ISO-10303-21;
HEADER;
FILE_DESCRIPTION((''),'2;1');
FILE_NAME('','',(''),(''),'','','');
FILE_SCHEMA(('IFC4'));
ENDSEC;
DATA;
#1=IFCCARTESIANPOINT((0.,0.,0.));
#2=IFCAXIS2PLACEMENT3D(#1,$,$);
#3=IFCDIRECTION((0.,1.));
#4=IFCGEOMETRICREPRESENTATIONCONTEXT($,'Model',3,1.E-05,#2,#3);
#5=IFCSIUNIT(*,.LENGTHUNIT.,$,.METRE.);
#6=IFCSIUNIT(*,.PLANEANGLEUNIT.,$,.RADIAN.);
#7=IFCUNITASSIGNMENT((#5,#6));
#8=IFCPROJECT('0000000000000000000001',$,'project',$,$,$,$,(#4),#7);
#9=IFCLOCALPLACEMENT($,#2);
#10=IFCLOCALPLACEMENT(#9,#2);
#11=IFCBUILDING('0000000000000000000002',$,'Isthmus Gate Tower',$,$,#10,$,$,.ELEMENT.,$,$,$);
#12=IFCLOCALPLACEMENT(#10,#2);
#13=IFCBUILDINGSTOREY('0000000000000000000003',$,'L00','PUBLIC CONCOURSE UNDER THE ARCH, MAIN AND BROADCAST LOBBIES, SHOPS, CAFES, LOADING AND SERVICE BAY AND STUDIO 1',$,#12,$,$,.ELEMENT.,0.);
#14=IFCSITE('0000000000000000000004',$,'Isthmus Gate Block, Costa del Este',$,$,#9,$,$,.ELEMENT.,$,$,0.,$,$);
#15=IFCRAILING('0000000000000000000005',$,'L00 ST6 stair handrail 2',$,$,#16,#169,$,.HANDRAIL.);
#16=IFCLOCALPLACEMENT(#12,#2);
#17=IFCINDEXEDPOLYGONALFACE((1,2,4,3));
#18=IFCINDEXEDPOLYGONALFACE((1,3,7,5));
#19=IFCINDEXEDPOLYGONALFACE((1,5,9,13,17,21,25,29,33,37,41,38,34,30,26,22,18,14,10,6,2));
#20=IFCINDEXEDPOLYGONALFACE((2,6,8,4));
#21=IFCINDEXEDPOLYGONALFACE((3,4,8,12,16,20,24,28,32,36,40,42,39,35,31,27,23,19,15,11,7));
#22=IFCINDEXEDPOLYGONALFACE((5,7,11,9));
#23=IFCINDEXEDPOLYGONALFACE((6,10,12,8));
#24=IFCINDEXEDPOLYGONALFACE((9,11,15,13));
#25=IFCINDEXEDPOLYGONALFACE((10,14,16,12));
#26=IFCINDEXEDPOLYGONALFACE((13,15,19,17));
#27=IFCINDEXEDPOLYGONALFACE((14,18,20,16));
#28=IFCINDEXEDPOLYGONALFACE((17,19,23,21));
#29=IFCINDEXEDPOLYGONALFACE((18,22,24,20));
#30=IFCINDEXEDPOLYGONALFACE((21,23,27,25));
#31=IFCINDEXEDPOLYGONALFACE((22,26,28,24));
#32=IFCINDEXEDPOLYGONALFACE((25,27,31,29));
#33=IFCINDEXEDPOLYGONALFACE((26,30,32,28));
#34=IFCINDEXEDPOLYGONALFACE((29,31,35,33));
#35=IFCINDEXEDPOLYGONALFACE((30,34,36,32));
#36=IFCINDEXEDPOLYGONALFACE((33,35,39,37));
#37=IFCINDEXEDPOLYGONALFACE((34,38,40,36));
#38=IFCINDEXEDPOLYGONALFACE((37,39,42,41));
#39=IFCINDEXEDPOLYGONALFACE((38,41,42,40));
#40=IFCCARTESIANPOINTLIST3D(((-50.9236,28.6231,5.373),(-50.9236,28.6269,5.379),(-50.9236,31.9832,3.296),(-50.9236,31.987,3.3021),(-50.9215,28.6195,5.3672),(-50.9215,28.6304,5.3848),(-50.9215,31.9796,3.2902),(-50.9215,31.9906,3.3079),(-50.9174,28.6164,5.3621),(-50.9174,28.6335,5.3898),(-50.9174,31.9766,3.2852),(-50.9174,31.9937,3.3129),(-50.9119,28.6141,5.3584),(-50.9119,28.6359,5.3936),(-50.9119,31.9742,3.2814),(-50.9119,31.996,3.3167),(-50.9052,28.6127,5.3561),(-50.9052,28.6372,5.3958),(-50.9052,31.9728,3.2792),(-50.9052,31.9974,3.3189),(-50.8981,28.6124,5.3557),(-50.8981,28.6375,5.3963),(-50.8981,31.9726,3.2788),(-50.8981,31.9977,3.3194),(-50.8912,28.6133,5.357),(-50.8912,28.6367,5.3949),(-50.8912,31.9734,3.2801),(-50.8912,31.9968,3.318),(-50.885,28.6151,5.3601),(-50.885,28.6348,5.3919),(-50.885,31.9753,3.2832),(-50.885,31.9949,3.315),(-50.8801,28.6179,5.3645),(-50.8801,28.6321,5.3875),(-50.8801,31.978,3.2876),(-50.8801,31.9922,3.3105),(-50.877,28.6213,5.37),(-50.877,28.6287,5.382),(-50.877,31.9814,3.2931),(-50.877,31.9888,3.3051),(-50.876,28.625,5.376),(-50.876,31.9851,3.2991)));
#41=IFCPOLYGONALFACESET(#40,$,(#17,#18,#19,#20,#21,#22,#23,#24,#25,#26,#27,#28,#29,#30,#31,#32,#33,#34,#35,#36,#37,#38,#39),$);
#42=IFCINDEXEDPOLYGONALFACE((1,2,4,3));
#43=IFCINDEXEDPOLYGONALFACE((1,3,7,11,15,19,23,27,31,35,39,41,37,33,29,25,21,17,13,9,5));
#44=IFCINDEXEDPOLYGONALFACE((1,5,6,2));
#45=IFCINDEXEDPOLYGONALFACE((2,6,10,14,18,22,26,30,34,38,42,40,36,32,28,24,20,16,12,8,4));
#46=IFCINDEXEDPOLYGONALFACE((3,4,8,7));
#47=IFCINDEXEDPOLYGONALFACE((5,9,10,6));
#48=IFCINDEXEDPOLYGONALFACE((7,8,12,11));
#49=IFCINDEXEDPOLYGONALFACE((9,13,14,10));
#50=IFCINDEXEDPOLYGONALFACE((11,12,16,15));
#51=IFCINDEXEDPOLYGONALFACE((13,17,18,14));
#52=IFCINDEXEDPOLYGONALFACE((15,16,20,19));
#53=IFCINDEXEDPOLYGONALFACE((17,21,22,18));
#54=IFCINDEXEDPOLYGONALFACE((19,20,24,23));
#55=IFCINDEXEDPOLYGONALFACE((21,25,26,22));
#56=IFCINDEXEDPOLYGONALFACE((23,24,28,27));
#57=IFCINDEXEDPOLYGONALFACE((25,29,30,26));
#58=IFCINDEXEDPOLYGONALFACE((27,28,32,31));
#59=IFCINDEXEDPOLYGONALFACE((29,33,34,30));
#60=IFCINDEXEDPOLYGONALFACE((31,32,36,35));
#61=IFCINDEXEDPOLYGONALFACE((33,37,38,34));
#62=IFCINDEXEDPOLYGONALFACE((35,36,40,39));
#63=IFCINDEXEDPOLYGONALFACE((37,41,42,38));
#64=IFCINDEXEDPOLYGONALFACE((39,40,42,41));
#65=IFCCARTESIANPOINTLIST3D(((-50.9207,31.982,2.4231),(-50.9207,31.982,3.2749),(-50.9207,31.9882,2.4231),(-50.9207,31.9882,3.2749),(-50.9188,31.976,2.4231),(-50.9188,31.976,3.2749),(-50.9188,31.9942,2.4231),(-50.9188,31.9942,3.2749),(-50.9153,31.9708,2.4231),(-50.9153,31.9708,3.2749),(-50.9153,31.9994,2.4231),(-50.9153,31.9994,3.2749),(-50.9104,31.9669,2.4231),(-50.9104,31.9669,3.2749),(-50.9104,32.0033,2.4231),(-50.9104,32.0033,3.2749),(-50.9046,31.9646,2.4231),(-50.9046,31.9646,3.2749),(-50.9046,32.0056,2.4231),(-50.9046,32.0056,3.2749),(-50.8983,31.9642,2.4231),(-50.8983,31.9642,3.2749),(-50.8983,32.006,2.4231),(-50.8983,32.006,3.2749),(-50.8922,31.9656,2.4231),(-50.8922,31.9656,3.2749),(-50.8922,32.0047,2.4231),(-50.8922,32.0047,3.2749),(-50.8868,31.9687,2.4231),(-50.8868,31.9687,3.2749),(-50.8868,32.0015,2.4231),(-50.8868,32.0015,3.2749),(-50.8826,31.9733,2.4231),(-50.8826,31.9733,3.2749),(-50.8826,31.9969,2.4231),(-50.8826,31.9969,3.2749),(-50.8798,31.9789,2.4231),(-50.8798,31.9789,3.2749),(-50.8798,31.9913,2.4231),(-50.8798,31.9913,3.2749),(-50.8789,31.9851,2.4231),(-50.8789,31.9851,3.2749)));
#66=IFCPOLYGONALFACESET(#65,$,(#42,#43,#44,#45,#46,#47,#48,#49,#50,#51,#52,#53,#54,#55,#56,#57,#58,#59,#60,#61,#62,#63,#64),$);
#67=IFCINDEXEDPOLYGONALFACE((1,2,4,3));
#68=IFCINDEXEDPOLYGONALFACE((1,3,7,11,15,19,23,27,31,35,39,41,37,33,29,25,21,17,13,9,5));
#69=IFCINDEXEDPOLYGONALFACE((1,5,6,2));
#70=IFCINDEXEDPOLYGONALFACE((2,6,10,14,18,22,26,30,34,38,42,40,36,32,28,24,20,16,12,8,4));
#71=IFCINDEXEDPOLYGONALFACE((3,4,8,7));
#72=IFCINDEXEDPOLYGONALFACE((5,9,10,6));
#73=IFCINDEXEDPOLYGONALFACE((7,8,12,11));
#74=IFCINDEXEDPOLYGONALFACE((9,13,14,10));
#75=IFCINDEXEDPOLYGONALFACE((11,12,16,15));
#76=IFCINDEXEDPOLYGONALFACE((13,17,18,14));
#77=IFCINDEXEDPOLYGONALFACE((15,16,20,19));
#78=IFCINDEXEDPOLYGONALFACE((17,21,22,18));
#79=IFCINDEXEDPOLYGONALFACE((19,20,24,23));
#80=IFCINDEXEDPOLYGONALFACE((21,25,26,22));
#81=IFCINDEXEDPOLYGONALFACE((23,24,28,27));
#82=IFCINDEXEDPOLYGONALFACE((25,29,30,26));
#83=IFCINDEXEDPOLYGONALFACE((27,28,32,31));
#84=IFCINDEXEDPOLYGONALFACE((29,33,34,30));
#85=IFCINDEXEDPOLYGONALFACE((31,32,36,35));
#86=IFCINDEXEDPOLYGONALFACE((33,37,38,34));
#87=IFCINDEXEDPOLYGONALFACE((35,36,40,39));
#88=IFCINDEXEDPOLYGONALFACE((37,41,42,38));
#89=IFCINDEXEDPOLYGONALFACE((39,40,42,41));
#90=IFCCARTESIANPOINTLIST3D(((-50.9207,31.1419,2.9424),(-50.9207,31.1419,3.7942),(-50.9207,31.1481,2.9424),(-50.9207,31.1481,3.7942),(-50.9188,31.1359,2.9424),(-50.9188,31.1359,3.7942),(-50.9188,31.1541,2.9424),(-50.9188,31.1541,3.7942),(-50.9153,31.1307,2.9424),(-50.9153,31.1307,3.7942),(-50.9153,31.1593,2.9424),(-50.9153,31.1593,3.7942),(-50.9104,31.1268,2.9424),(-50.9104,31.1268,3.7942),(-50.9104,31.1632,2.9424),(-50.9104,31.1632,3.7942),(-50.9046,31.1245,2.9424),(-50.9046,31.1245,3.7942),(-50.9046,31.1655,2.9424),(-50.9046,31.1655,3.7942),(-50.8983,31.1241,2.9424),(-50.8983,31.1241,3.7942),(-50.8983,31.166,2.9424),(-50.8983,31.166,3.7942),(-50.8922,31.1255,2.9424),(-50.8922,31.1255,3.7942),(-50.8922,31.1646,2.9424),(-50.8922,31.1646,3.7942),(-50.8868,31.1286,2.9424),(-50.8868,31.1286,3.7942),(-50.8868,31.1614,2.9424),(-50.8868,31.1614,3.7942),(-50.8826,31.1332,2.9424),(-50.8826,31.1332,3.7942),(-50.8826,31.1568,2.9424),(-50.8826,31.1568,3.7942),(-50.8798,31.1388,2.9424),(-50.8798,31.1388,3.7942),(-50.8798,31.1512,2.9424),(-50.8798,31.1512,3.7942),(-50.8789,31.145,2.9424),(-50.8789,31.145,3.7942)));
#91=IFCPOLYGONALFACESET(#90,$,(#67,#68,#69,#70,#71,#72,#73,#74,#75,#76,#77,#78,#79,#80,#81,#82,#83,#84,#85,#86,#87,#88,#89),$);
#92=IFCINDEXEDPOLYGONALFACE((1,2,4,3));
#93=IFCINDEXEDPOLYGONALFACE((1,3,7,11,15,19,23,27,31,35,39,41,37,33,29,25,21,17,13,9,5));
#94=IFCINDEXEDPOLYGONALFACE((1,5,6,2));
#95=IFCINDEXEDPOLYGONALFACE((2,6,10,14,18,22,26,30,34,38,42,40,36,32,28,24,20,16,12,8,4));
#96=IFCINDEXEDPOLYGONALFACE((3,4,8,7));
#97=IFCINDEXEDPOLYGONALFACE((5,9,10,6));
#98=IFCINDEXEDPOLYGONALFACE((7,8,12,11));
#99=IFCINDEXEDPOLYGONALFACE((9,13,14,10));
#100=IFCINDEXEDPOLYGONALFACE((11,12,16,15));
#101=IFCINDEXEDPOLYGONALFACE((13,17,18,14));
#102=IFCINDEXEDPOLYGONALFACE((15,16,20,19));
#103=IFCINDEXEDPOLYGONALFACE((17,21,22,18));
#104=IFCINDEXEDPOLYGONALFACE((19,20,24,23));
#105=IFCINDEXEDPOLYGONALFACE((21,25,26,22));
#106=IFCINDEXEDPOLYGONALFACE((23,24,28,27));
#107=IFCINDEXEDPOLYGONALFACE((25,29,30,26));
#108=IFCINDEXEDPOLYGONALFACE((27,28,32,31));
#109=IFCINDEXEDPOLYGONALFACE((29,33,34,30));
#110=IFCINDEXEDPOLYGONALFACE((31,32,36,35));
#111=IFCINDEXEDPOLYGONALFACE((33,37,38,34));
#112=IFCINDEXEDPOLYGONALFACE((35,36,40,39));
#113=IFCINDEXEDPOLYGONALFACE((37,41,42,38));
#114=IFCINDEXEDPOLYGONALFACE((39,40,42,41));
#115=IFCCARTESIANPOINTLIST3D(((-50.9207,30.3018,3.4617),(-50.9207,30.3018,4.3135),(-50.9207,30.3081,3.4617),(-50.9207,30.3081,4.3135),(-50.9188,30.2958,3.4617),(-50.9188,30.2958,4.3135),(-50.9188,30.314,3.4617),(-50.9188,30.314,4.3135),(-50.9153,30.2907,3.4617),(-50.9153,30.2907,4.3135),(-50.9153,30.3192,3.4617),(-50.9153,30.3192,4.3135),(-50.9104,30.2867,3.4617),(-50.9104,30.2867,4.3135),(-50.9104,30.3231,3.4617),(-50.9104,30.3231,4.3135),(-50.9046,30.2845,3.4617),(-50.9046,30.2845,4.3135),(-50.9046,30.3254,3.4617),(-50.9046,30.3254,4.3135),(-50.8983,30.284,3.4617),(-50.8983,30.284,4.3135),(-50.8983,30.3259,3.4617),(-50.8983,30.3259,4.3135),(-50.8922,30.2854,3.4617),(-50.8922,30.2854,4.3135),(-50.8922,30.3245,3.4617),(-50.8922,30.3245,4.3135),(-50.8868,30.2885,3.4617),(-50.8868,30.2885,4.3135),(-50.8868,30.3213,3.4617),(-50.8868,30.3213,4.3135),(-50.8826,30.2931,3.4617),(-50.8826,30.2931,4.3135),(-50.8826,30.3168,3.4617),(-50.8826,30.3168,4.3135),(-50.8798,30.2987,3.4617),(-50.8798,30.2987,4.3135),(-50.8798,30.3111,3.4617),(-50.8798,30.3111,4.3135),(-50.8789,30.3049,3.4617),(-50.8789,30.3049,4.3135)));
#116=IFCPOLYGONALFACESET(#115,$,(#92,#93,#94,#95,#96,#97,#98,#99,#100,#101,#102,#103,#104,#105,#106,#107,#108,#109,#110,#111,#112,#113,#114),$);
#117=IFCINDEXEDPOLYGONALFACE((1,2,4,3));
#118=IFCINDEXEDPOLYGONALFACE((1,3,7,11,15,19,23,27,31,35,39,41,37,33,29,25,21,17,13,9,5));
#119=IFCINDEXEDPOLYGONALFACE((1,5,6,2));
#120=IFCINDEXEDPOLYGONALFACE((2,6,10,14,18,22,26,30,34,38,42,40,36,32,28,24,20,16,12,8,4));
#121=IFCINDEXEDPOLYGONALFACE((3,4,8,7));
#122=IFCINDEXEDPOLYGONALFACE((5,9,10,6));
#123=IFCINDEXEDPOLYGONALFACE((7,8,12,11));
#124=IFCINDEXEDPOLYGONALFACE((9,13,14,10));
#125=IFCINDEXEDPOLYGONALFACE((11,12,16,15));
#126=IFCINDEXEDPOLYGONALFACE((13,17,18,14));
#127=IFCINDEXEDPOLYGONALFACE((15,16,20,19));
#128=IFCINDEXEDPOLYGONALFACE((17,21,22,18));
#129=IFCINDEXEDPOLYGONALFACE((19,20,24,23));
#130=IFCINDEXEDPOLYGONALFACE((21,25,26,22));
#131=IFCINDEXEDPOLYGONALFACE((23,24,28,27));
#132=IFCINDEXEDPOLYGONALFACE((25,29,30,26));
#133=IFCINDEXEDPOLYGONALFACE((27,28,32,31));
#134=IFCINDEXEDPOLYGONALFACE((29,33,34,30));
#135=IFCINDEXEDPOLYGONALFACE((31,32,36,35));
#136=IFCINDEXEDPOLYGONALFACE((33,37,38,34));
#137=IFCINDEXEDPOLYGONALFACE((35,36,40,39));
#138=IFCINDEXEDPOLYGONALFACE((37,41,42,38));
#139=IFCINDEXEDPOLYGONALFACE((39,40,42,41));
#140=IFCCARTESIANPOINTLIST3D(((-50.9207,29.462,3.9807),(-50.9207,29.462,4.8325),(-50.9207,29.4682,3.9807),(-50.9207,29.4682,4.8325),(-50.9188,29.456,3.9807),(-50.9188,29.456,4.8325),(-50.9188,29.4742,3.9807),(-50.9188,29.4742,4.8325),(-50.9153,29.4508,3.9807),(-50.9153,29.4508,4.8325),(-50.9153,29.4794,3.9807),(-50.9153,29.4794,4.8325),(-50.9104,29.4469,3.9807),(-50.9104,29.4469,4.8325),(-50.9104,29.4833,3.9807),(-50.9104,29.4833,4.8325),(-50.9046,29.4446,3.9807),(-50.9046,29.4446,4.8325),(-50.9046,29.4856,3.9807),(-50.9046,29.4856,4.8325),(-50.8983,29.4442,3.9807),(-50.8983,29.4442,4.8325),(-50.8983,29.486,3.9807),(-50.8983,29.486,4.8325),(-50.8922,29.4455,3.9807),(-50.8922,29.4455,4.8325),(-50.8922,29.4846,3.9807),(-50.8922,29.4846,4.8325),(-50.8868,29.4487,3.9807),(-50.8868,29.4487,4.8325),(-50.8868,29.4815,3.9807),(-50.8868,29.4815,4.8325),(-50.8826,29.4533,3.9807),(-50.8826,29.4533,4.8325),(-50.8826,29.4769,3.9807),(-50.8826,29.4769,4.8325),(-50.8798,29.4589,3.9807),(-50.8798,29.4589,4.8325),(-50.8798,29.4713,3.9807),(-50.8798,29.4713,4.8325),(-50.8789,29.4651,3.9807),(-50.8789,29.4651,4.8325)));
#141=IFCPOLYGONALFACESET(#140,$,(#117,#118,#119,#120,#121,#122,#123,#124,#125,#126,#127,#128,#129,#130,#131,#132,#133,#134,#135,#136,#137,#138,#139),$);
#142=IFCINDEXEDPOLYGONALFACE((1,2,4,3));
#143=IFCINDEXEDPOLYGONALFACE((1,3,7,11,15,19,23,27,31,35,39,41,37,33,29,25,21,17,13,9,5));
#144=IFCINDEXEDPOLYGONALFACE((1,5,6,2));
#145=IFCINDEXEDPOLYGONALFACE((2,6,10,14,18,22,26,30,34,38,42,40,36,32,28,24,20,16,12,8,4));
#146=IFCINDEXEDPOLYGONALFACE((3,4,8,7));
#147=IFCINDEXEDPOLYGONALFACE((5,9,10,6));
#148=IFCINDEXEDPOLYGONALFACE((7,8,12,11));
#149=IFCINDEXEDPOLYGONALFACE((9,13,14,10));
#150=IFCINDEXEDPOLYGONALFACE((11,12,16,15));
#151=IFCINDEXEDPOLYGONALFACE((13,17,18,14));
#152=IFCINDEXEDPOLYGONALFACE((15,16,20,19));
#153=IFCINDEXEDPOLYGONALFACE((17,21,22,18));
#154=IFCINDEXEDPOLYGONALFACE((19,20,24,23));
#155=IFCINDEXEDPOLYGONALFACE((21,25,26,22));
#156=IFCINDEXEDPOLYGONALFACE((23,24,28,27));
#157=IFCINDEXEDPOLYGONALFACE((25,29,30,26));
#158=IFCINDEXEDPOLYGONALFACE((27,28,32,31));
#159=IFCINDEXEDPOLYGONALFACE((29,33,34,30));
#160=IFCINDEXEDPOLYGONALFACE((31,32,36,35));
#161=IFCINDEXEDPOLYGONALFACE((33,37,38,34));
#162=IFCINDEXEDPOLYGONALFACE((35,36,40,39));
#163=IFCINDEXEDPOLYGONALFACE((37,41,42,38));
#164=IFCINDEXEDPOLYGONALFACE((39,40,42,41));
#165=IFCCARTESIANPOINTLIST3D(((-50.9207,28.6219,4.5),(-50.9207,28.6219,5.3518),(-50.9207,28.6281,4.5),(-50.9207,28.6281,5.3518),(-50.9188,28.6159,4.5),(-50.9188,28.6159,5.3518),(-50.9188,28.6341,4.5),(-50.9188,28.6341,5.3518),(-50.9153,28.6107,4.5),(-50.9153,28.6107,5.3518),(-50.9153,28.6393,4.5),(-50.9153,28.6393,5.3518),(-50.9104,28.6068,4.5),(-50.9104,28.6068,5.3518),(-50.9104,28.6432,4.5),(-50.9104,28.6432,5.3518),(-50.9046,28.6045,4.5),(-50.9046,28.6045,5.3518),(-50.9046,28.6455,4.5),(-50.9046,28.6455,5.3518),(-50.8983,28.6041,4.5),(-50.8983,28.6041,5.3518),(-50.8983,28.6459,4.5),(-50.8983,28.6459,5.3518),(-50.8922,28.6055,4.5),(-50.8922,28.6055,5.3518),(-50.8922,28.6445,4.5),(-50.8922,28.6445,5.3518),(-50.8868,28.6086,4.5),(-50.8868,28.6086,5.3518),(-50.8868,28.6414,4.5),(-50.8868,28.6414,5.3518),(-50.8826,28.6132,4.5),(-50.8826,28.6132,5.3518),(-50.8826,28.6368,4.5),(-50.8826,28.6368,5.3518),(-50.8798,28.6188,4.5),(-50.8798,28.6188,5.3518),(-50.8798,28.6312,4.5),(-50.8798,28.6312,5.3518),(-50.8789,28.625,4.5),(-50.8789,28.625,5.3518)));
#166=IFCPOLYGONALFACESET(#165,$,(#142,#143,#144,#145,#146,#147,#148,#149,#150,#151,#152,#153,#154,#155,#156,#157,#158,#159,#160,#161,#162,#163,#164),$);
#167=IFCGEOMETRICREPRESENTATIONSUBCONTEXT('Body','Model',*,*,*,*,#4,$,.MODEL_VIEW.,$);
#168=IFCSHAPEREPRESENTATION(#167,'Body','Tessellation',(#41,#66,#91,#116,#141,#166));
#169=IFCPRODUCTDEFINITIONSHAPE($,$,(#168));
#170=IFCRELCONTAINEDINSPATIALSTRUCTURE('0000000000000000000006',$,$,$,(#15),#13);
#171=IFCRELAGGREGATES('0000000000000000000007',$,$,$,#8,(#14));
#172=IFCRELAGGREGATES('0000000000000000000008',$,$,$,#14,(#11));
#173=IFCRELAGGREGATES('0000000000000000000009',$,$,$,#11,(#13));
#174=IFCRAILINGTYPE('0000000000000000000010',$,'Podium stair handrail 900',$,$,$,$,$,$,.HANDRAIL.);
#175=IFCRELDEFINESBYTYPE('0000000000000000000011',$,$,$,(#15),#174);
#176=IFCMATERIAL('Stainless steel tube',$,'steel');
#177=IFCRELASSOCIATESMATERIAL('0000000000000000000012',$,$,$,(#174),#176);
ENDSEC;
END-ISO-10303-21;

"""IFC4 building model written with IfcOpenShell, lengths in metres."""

from ifc_helpers import new_model, si_unit, direction, frame, origin, origin_2d, place, context, subcontext, project, spatial, circle, extrude, material, type_object, element, save


model = new_model("IFC4")

# Units and contexts
model_context = context("Model", 3, precision=1e-05, world=origin(), true_north=direction((0.0, 1.0)))
body_context = subcontext(model_context, "Body", "Model", "MODEL_VIEW")
ifc_project = project(units=[si_unit("LENGTHUNIT", "METRE"), si_unit("PLANEANGLEUNIT", "RADIAN")], contexts=[model_context])

# Site, building, storey
site_placement = place(None, origin())
site = spatial("IfcSite", under=ifc_project, at=site_placement, Name="Isthmus Gate Block, Costa del Este", CompositionType="ELEMENT", RefElevation=0.0)
building_placement = place(site_placement, origin())
building = spatial("IfcBuilding", under=site, at=building_placement, Name="Isthmus Gate Tower", CompositionType="ELEMENT")
storey_placement = place(building_placement, origin())
storey = spatial("IfcBuildingStorey", under=building, at=storey_placement, Name="L00", Description="PUBLIC CONCOURSE UNDER THE ARCH, MAIN AND BROADCAST LOBBIES, SHOPS, CAFES, LOADING AND SERVICE BAY AND STUDIO 1", CompositionType="ELEMENT", Elevation=0.0)

# Railing
ifc_material_1 = material(Name="Stainless steel tube", Category="steel")
railing_type_1 = type_object("IfcRailingType", Name="Podium stair handrail 900", PredefinedType="HANDRAIL", material=ifc_material_1)
for number, where, name in (
    (1, (-50.8999, 31.9851, 2.4231), "L00 ST6 stair handrail 2"),
):
    element("IfcRailing", number, at=place(storey_placement, frame(where)), inside=storey, type_object=railing_type_1, Name=name, PredefinedType="HANDRAIL", context=body_context, shape_type="SweptSolid", body=[
        extrude(circle(Radius=0.0239, at=origin_2d()), frame((0.0, 0.0, 0.876), z_axis=(0.0, -0.850623, 0.525776), x_axis=(1.0, 0.0, 0.0)), (0.0, 0.0, 1.0), 3.9502),
        extrude(circle(Radius=0.021, at=origin_2d()), origin(), (0.0, 0.0, 1.0), 0.8518),
        extrude(circle(Radius=0.021, at=origin_2d()), frame((0.0, -0.8401, 0.5193)), (0.0, 0.0, 1.0), 0.8518),
        extrude(circle(Radius=0.021, at=origin_2d()), frame((0.0, -1.6802, 1.0386)), (0.0, 0.0, 1.0), 0.8518),
        extrude(circle(Radius=0.021, at=origin_2d()), frame((0.0, -2.52, 1.5576)), (0.0, 0.0, 1.0), 0.8518),
        extrude(circle(Radius=0.021, at=origin_2d()), frame((0.0, -3.3601, 2.0769)), (0.0, 0.0, 1.0), 0.8518),
    ])

save(model, "model.ifc")
